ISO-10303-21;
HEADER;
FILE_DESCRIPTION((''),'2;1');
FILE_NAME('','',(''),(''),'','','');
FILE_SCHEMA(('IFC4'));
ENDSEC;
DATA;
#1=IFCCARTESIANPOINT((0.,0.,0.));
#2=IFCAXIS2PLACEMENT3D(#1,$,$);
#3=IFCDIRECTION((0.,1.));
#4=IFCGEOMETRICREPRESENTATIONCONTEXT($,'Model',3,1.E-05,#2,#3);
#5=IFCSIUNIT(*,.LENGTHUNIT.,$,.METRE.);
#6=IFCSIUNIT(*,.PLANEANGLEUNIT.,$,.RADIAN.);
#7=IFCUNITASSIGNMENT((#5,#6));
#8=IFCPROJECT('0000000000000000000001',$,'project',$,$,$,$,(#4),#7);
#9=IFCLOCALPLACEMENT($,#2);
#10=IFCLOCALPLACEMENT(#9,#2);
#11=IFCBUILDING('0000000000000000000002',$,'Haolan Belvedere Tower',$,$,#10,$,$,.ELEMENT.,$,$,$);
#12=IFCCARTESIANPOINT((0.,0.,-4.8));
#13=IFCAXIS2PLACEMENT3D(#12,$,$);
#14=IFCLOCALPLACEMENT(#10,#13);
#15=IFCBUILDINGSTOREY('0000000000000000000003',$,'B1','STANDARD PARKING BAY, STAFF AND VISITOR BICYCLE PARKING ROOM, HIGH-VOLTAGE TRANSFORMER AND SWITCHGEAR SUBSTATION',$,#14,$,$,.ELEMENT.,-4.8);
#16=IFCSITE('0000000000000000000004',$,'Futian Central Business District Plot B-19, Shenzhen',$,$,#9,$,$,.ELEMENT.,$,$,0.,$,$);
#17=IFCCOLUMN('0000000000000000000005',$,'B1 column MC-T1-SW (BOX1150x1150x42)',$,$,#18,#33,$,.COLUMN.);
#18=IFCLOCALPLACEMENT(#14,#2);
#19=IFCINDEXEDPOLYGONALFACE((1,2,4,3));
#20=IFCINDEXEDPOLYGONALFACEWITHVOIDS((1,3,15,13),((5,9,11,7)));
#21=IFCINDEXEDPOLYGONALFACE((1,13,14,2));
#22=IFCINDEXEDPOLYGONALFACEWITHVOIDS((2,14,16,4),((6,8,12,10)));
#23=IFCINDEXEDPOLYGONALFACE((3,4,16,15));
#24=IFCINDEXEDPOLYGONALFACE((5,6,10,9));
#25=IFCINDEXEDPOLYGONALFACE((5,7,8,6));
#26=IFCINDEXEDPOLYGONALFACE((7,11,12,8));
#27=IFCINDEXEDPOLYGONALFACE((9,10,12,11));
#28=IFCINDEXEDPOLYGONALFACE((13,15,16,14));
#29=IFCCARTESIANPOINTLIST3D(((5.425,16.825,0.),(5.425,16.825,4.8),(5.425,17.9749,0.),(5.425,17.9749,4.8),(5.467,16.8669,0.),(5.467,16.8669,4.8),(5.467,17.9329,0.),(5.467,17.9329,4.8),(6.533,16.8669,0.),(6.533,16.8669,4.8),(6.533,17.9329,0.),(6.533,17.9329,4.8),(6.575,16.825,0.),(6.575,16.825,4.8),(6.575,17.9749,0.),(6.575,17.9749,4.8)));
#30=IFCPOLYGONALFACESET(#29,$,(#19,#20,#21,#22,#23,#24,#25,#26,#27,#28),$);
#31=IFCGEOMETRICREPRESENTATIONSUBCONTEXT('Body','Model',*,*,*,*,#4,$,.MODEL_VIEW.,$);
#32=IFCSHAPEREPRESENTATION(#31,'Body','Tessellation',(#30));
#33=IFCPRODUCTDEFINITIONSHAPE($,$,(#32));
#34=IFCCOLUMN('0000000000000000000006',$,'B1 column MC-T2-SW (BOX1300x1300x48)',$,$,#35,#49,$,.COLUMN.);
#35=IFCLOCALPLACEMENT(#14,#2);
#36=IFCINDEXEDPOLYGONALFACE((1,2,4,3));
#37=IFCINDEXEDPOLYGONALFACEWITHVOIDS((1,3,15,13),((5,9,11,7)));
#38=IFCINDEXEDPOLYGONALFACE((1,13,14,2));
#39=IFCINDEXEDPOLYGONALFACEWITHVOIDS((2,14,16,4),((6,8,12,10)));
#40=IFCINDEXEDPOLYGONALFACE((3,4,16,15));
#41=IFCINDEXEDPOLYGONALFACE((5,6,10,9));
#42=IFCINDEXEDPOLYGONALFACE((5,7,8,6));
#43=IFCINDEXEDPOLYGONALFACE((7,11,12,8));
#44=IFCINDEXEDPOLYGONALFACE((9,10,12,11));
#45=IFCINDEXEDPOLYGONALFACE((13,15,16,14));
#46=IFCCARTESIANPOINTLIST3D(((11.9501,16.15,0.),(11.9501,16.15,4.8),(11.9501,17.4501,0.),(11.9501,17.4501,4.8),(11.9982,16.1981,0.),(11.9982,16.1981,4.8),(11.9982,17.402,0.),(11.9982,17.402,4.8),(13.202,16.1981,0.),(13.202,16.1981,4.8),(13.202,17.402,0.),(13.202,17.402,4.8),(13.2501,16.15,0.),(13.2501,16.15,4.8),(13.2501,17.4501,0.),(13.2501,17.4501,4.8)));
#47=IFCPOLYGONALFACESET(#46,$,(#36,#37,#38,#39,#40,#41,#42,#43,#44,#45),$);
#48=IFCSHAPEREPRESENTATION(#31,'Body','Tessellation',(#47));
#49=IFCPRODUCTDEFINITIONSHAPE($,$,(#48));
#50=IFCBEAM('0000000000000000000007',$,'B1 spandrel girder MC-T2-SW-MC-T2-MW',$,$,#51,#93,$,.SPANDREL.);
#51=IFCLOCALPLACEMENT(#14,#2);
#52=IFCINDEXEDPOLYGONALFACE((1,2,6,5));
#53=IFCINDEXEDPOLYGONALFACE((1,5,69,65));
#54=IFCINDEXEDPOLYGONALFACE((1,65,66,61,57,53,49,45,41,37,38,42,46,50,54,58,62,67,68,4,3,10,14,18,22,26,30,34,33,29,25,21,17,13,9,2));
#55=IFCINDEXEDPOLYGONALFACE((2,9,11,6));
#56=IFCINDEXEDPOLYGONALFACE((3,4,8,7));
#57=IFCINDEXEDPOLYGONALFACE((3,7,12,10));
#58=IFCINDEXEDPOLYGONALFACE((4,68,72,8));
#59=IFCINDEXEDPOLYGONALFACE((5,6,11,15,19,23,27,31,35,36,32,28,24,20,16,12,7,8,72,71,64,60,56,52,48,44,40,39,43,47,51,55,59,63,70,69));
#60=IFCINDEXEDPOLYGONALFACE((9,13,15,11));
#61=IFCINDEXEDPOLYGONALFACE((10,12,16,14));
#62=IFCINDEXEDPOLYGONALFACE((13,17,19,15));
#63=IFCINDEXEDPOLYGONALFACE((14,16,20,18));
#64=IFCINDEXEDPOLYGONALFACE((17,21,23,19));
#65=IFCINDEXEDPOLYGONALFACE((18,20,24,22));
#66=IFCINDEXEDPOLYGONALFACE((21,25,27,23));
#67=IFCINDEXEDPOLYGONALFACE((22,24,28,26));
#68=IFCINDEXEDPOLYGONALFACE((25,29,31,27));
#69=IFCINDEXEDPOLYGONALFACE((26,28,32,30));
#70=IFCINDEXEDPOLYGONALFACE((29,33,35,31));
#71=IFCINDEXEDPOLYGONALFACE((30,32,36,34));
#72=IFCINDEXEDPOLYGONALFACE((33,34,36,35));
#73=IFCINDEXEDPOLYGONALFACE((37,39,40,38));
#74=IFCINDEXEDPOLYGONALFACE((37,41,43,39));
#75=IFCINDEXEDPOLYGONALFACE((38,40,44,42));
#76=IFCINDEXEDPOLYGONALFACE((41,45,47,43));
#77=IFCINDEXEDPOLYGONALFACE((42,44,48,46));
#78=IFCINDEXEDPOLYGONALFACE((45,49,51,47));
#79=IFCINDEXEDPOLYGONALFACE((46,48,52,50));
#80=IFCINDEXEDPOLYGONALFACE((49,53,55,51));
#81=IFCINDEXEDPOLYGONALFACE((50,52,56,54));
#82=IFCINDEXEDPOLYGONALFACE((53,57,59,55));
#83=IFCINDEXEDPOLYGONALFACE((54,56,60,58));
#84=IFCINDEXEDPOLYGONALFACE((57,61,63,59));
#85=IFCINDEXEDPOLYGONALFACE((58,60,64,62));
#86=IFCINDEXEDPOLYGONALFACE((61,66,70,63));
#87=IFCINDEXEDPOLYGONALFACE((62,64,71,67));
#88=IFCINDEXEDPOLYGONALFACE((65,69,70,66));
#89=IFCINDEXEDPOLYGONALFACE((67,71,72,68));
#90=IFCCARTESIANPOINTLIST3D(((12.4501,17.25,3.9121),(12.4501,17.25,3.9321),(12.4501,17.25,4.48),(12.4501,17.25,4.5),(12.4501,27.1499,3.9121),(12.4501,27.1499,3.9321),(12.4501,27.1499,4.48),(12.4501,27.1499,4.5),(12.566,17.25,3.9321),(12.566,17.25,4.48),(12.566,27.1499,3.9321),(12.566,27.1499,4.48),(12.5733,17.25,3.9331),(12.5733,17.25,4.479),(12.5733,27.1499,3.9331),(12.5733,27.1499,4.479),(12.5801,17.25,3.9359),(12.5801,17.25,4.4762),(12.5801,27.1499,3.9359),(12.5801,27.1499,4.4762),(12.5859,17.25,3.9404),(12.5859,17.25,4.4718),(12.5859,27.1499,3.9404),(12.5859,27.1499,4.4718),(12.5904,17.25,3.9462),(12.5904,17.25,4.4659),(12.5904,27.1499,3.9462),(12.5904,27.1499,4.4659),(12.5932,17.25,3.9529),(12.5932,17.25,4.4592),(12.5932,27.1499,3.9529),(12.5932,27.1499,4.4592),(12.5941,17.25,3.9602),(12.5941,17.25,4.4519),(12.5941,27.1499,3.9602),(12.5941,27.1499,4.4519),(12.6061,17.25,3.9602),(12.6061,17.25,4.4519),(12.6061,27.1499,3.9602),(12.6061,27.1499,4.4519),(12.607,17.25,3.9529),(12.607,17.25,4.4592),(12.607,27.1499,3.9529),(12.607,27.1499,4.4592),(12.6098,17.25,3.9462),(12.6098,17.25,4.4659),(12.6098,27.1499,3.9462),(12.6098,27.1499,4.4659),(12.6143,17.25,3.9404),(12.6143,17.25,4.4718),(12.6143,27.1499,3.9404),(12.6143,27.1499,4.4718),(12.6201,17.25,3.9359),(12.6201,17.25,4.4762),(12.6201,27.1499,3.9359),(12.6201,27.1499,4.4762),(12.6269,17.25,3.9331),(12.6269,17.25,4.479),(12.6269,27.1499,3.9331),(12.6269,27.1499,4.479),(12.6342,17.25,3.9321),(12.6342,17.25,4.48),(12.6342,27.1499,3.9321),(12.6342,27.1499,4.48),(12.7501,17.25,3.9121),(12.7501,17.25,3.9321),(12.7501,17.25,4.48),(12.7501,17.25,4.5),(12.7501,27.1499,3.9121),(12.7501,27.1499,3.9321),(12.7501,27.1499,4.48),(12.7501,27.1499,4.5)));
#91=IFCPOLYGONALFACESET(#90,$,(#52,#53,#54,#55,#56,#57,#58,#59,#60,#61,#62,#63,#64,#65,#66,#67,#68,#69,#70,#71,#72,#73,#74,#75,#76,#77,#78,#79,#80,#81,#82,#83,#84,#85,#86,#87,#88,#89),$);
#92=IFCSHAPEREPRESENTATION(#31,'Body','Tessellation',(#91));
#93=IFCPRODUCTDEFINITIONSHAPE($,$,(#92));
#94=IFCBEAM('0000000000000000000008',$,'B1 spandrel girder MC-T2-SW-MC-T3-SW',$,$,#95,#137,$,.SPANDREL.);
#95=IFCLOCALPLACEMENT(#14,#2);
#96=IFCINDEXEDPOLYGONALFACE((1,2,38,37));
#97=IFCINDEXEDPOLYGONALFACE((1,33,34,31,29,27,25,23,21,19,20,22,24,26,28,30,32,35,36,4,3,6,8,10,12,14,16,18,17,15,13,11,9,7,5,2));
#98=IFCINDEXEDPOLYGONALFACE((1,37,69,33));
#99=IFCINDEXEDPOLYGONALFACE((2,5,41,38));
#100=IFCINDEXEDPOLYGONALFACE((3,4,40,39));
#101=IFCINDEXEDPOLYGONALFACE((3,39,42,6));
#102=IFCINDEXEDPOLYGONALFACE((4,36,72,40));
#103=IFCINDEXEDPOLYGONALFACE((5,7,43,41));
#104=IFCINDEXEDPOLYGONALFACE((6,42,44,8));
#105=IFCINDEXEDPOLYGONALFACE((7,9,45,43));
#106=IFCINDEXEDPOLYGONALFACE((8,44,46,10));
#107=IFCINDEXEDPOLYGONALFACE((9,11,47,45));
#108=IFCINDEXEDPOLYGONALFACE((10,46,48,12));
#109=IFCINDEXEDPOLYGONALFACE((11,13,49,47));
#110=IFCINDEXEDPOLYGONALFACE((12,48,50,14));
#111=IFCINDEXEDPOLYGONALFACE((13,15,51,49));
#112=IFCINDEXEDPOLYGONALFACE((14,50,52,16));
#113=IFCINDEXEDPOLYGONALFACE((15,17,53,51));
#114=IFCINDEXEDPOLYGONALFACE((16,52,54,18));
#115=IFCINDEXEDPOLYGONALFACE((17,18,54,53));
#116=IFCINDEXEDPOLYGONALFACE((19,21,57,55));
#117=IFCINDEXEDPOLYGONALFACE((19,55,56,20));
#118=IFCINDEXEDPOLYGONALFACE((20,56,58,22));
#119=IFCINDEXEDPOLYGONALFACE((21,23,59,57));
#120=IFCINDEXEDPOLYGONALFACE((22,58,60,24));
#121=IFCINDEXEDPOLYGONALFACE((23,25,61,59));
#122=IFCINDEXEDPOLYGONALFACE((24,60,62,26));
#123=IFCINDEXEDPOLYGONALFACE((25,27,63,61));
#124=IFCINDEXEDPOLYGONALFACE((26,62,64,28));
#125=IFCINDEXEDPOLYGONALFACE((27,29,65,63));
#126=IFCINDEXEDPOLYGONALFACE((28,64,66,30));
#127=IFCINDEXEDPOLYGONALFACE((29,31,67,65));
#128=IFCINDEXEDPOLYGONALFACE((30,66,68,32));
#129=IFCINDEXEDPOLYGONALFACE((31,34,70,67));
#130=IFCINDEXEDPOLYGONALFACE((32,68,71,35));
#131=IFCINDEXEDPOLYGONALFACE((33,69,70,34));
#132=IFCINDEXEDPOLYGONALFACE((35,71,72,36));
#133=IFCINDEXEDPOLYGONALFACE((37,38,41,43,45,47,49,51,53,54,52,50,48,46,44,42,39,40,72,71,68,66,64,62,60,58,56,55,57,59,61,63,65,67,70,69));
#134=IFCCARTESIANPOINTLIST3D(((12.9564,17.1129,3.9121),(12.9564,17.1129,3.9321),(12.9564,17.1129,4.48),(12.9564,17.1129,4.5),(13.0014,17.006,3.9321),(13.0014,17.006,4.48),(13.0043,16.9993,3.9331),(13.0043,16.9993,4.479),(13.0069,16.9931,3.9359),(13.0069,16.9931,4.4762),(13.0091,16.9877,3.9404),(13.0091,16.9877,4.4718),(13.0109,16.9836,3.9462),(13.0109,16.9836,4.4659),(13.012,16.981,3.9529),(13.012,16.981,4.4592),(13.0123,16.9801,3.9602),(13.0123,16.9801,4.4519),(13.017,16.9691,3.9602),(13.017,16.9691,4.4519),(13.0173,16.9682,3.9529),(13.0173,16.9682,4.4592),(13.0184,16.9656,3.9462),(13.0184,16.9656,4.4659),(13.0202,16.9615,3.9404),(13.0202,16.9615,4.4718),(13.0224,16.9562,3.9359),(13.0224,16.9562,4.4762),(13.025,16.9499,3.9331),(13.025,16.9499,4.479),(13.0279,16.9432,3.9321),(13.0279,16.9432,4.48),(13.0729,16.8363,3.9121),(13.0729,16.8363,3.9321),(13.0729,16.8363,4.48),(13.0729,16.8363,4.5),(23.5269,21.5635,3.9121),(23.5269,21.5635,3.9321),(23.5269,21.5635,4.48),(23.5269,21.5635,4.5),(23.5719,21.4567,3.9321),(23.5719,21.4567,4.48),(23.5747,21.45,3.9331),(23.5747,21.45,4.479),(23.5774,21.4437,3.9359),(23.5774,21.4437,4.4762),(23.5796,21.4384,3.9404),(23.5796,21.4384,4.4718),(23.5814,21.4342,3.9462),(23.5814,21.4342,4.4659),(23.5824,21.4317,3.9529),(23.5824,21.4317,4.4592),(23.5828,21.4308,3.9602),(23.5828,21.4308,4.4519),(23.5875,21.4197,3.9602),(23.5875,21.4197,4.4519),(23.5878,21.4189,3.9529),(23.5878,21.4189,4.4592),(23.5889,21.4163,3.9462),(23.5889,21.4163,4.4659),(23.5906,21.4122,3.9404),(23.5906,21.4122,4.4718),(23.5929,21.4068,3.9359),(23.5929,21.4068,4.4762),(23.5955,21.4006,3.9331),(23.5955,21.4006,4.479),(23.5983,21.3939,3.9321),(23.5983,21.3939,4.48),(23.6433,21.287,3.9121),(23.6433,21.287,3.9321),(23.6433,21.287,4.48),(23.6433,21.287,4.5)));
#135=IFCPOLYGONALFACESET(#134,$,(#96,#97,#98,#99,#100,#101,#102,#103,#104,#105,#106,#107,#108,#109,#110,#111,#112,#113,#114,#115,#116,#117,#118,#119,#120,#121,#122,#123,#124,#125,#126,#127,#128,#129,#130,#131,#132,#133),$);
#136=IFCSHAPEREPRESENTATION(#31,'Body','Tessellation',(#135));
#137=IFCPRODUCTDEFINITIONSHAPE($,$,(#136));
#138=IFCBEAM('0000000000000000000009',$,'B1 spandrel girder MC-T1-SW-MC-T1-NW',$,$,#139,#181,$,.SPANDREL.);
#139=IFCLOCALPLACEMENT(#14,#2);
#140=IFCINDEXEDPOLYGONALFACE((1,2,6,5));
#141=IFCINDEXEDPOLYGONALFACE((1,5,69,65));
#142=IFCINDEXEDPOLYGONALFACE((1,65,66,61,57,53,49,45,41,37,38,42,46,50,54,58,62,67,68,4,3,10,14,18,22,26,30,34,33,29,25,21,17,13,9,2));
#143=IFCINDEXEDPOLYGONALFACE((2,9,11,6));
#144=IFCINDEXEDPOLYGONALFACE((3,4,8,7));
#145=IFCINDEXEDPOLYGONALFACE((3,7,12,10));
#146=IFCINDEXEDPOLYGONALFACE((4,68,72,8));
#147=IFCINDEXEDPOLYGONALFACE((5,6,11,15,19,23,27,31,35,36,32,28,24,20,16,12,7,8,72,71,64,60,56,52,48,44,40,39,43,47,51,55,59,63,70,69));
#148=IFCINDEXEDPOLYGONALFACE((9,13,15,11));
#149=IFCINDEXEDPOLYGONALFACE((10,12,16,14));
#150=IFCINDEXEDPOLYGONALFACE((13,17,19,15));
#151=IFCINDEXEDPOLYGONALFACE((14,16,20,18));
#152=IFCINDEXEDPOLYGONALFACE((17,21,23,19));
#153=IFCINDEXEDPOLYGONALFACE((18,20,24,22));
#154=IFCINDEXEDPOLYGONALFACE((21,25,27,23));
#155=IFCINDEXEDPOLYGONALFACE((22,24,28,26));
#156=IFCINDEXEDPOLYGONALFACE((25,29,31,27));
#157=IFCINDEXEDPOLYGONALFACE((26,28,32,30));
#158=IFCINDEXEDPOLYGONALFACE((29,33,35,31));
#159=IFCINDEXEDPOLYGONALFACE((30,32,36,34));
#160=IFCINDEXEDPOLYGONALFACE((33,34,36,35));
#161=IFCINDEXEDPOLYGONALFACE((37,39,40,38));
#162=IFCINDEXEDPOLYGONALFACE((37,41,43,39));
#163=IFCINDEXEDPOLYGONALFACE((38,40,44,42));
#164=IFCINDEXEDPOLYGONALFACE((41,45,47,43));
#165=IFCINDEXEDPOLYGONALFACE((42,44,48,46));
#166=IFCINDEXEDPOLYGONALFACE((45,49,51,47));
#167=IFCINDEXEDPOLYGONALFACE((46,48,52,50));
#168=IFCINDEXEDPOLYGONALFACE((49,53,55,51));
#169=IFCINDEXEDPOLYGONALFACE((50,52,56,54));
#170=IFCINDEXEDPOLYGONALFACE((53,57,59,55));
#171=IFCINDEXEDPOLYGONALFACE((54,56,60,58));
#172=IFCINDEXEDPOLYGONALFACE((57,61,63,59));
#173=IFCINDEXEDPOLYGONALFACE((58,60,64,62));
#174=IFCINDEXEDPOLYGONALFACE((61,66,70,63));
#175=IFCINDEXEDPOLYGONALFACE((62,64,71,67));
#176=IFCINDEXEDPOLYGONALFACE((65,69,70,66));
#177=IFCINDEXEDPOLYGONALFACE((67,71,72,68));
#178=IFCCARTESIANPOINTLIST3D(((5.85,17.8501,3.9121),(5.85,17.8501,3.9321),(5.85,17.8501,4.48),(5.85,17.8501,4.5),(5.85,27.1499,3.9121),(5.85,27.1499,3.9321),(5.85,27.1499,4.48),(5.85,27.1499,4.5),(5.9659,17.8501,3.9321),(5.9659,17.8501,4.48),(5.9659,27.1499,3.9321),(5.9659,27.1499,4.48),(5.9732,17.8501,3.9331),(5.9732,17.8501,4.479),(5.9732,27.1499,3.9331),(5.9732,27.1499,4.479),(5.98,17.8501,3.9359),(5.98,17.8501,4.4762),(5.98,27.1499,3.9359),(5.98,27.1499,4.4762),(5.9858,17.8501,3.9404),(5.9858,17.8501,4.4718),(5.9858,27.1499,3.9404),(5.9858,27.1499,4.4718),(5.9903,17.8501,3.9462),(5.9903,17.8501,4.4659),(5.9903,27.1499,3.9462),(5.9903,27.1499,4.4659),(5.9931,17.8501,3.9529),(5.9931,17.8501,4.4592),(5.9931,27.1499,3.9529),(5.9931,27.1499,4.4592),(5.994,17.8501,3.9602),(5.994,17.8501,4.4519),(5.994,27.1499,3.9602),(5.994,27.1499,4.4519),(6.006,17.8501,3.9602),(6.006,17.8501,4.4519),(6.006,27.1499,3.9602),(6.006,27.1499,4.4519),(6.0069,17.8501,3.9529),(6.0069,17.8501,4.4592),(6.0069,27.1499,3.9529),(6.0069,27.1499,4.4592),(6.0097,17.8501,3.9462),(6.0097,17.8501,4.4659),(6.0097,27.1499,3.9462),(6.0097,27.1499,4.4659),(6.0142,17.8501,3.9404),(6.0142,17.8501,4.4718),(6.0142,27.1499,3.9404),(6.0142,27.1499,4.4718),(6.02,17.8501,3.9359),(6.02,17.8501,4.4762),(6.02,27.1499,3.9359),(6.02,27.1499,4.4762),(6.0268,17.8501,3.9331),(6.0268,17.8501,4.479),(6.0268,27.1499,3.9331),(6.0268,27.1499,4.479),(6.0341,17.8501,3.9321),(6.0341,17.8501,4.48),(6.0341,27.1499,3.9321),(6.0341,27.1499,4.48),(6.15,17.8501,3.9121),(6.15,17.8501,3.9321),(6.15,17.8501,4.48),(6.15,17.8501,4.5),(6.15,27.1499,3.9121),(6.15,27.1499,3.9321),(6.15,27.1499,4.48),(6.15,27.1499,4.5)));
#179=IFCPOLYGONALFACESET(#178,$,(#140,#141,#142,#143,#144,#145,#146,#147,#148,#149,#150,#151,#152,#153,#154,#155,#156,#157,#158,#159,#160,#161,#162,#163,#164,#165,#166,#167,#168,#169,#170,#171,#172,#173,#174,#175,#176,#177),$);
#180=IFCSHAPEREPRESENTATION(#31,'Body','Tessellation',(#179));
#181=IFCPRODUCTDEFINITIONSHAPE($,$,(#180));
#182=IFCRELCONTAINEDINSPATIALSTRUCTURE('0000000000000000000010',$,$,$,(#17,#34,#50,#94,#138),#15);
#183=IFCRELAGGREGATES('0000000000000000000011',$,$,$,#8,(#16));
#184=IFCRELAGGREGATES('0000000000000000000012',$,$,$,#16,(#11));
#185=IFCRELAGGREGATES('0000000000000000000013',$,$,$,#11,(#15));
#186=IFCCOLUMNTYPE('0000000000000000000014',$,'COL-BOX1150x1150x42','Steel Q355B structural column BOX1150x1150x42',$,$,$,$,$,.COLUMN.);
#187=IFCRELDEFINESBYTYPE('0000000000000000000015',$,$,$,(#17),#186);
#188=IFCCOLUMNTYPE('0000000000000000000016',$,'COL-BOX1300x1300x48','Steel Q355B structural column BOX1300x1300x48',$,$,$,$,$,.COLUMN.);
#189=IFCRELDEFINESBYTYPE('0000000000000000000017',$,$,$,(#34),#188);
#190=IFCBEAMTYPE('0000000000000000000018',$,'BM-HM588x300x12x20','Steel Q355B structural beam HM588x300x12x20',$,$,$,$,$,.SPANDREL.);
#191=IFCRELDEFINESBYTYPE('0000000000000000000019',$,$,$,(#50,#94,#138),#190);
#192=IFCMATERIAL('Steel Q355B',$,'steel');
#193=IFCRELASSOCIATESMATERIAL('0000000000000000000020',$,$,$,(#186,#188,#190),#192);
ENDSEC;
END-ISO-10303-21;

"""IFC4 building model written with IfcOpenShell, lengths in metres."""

from ifc_helpers import new_model, si_unit, direction, frame, origin, origin_2d, place, context, subcontext, project, spatial, hollow_rectangle, i_section, extrude, material, material_profile, profile_set, type_object, element, save


model = new_model("IFC4")

# Units and contexts
model_context = context("Model", 3, precision=1e-05, world=origin(), true_north=direction((0.0, 1.0)))
body_context = subcontext(model_context, "Body", "Model", "MODEL_VIEW")
ifc_project = project(units=[si_unit("LENGTHUNIT", "METRE"), si_unit("PLANEANGLEUNIT", "RADIAN")], contexts=[model_context])

# Site, building, storey
site_placement = place(None, origin())
site = spatial("IfcSite", under=ifc_project, at=site_placement, Name="Futian Central Business District Plot B-19, Shenzhen", CompositionType="ELEMENT", RefElevation=0.0)
building_placement = place(site_placement, origin())
building = spatial("IfcBuilding", under=site, at=building_placement, Name="Haolan Belvedere Tower", CompositionType="ELEMENT")
storey_placement = place(building_placement, frame((0.0, 0.0, -4.8)))
storey = spatial("IfcBuildingStorey", under=building, at=storey_placement, Name="B1", Description="STANDARD PARKING BAY, STAFF AND VISITOR BICYCLE PARKING ROOM, HIGH-VOLTAGE TRANSFORMER AND SWITCHGEAR SUBSTATION", CompositionType="ELEMENT", Elevation=-4.8)

# Columns
ifc_material_1 = material(Name="Steel Q355B", Category="steel")
ifc_material_profile_1 = material_profile(ifc_material_1, hollow_rectangle(XDim=1.1499, YDim=1.1499, WallThickness=0.042, at=origin_2d()), Name="Steel Q355B")
ifc_profile_set_1 = profile_set([ifc_material_profile_1], Name="Steel Q355B")
column_type_1 = type_object("IfcColumnType", Name="COL-BOX1150x1150x42", Description="Steel Q355B structural column BOX1150x1150x42", PredefinedType="COLUMN", material=ifc_profile_set_1)
column_1_placement = place(storey_placement, frame((6.0, 17.3999, 0.0), z_axis=(0.0, 0.0, 1.0), x_axis=(1.0, 0.0, 0.0)))
element("IfcColumn", 1, at=column_1_placement, inside=storey, type_object=column_type_1, Name="B1 column MC-T1-SW (BOX1150x1150x42)", PredefinedType="COLUMN", context=body_context, shape_type="SweptSolid", body=[
    extrude(hollow_rectangle(XDim=1.1499, YDim=1.1499, WallThickness=0.042, at=origin_2d()), origin(), (0.0, 0.0, 1.0), 4.8),
])
ifc_material_profile_2 = material_profile(ifc_material_1, hollow_rectangle(XDim=1.3, YDim=1.3, WallThickness=0.0481, at=origin_2d()), Name="Steel Q355B")
ifc_profile_set_2 = profile_set([ifc_material_profile_2], Name="Steel Q355B")
column_type_2 = type_object("IfcColumnType", Name="COL-BOX1300x1300x48", Description="Steel Q355B structural column BOX1300x1300x48", PredefinedType="COLUMN", material=ifc_profile_set_2)
column_2_placement = place(storey_placement, frame((12.6001, 16.8, 0.0), z_axis=(0.0, 0.0, 1.0), x_axis=(1.0, 0.0, 0.0)))
element("IfcColumn", 2, at=column_2_placement, inside=storey, type_object=column_type_2, Name="B1 column MC-T2-SW (BOX1300x1300x48)", PredefinedType="COLUMN", context=body_context, shape_type="SweptSolid", body=[
    extrude(hollow_rectangle(XDim=1.3, YDim=1.3, WallThickness=0.0481, at=origin_2d()), origin(), (0.0, 0.0, 1.0), 4.8),
])

# Beams
ifc_material_profile_3 = material_profile(ifc_material_1, i_section(OverallWidth=0.3, OverallDepth=0.5879, WebThickness=0.012, FlangeThickness=0.02, FilletRadius=0.0281, at=origin_2d()), Name="Steel Q355B")
ifc_profile_set_3 = profile_set([ifc_material_profile_3], Name="Steel Q355B")
beam_type_1 = type_object("IfcBeamType", Name="BM-HM588x300x12x20", Description="Steel Q355B structural beam HM588x300x12x20", PredefinedType="SPANDREL", material=ifc_profile_set_3)
beam_1_placement = place(storey_placement, frame((12.6001, 17.25, 4.2061), z_axis=(0.0, 1.0, 0.0), x_axis=(-1.0, 0.0, 0.0)))
element("IfcBeam", 3, at=beam_1_placement, inside=storey, type_object=beam_type_1, Name="B1 spandrel girder MC-T2-SW-MC-T2-MW", PredefinedType="SPANDREL", context=body_context, shape_type="SweptSolid", body=[
    extrude(i_section(OverallWidth=0.3, OverallDepth=0.5879, WebThickness=0.012, FlangeThickness=0.02, FilletRadius=0.0281, at=origin_2d()), origin(), (0.0, 0.0, 1.0), 9.8999),
])
beam_2_placement = place(storey_placement, frame((13.0146, 16.9746, 4.2061), z_axis=(0.921638, 0.388051, 0.0), x_axis=(-0.388051, 0.921638, 0.0)))
element("IfcBeam", 4, at=beam_2_placement, inside=storey, type_object=beam_type_1, Name="B1 spandrel girder MC-T2-SW-MC-T3-SW", PredefinedType="SPANDREL", context=body_context, shape_type="SweptSolid", body=[
    extrude(i_section(OverallWidth=0.3, OverallDepth=0.5879, WebThickness=0.012, FlangeThickness=0.02, FilletRadius=0.0281, at=origin_2d()), origin(), (0.0, 0.0, 1.0), 11.4692),
])
beam_3_placement = place(storey_placement, frame((6.0, 17.8501, 4.2061), z_axis=(0.0, 1.0, 0.0), x_axis=(-1.0, 0.0, 0.0)))
element("IfcBeam", 5, at=beam_3_placement, inside=storey, type_object=beam_type_1, Name="B1 spandrel girder MC-T1-SW-MC-T1-NW", PredefinedType="SPANDREL", context=body_context, shape_type="SweptSolid", body=[
    extrude(i_section(OverallWidth=0.3, OverallDepth=0.5879, WebThickness=0.012, FlangeThickness=0.02, FilletRadius=0.0281, at=origin_2d()), origin(), (0.0, 0.0, 1.0), 9.2998),
])

save(model, "model.ifc")
